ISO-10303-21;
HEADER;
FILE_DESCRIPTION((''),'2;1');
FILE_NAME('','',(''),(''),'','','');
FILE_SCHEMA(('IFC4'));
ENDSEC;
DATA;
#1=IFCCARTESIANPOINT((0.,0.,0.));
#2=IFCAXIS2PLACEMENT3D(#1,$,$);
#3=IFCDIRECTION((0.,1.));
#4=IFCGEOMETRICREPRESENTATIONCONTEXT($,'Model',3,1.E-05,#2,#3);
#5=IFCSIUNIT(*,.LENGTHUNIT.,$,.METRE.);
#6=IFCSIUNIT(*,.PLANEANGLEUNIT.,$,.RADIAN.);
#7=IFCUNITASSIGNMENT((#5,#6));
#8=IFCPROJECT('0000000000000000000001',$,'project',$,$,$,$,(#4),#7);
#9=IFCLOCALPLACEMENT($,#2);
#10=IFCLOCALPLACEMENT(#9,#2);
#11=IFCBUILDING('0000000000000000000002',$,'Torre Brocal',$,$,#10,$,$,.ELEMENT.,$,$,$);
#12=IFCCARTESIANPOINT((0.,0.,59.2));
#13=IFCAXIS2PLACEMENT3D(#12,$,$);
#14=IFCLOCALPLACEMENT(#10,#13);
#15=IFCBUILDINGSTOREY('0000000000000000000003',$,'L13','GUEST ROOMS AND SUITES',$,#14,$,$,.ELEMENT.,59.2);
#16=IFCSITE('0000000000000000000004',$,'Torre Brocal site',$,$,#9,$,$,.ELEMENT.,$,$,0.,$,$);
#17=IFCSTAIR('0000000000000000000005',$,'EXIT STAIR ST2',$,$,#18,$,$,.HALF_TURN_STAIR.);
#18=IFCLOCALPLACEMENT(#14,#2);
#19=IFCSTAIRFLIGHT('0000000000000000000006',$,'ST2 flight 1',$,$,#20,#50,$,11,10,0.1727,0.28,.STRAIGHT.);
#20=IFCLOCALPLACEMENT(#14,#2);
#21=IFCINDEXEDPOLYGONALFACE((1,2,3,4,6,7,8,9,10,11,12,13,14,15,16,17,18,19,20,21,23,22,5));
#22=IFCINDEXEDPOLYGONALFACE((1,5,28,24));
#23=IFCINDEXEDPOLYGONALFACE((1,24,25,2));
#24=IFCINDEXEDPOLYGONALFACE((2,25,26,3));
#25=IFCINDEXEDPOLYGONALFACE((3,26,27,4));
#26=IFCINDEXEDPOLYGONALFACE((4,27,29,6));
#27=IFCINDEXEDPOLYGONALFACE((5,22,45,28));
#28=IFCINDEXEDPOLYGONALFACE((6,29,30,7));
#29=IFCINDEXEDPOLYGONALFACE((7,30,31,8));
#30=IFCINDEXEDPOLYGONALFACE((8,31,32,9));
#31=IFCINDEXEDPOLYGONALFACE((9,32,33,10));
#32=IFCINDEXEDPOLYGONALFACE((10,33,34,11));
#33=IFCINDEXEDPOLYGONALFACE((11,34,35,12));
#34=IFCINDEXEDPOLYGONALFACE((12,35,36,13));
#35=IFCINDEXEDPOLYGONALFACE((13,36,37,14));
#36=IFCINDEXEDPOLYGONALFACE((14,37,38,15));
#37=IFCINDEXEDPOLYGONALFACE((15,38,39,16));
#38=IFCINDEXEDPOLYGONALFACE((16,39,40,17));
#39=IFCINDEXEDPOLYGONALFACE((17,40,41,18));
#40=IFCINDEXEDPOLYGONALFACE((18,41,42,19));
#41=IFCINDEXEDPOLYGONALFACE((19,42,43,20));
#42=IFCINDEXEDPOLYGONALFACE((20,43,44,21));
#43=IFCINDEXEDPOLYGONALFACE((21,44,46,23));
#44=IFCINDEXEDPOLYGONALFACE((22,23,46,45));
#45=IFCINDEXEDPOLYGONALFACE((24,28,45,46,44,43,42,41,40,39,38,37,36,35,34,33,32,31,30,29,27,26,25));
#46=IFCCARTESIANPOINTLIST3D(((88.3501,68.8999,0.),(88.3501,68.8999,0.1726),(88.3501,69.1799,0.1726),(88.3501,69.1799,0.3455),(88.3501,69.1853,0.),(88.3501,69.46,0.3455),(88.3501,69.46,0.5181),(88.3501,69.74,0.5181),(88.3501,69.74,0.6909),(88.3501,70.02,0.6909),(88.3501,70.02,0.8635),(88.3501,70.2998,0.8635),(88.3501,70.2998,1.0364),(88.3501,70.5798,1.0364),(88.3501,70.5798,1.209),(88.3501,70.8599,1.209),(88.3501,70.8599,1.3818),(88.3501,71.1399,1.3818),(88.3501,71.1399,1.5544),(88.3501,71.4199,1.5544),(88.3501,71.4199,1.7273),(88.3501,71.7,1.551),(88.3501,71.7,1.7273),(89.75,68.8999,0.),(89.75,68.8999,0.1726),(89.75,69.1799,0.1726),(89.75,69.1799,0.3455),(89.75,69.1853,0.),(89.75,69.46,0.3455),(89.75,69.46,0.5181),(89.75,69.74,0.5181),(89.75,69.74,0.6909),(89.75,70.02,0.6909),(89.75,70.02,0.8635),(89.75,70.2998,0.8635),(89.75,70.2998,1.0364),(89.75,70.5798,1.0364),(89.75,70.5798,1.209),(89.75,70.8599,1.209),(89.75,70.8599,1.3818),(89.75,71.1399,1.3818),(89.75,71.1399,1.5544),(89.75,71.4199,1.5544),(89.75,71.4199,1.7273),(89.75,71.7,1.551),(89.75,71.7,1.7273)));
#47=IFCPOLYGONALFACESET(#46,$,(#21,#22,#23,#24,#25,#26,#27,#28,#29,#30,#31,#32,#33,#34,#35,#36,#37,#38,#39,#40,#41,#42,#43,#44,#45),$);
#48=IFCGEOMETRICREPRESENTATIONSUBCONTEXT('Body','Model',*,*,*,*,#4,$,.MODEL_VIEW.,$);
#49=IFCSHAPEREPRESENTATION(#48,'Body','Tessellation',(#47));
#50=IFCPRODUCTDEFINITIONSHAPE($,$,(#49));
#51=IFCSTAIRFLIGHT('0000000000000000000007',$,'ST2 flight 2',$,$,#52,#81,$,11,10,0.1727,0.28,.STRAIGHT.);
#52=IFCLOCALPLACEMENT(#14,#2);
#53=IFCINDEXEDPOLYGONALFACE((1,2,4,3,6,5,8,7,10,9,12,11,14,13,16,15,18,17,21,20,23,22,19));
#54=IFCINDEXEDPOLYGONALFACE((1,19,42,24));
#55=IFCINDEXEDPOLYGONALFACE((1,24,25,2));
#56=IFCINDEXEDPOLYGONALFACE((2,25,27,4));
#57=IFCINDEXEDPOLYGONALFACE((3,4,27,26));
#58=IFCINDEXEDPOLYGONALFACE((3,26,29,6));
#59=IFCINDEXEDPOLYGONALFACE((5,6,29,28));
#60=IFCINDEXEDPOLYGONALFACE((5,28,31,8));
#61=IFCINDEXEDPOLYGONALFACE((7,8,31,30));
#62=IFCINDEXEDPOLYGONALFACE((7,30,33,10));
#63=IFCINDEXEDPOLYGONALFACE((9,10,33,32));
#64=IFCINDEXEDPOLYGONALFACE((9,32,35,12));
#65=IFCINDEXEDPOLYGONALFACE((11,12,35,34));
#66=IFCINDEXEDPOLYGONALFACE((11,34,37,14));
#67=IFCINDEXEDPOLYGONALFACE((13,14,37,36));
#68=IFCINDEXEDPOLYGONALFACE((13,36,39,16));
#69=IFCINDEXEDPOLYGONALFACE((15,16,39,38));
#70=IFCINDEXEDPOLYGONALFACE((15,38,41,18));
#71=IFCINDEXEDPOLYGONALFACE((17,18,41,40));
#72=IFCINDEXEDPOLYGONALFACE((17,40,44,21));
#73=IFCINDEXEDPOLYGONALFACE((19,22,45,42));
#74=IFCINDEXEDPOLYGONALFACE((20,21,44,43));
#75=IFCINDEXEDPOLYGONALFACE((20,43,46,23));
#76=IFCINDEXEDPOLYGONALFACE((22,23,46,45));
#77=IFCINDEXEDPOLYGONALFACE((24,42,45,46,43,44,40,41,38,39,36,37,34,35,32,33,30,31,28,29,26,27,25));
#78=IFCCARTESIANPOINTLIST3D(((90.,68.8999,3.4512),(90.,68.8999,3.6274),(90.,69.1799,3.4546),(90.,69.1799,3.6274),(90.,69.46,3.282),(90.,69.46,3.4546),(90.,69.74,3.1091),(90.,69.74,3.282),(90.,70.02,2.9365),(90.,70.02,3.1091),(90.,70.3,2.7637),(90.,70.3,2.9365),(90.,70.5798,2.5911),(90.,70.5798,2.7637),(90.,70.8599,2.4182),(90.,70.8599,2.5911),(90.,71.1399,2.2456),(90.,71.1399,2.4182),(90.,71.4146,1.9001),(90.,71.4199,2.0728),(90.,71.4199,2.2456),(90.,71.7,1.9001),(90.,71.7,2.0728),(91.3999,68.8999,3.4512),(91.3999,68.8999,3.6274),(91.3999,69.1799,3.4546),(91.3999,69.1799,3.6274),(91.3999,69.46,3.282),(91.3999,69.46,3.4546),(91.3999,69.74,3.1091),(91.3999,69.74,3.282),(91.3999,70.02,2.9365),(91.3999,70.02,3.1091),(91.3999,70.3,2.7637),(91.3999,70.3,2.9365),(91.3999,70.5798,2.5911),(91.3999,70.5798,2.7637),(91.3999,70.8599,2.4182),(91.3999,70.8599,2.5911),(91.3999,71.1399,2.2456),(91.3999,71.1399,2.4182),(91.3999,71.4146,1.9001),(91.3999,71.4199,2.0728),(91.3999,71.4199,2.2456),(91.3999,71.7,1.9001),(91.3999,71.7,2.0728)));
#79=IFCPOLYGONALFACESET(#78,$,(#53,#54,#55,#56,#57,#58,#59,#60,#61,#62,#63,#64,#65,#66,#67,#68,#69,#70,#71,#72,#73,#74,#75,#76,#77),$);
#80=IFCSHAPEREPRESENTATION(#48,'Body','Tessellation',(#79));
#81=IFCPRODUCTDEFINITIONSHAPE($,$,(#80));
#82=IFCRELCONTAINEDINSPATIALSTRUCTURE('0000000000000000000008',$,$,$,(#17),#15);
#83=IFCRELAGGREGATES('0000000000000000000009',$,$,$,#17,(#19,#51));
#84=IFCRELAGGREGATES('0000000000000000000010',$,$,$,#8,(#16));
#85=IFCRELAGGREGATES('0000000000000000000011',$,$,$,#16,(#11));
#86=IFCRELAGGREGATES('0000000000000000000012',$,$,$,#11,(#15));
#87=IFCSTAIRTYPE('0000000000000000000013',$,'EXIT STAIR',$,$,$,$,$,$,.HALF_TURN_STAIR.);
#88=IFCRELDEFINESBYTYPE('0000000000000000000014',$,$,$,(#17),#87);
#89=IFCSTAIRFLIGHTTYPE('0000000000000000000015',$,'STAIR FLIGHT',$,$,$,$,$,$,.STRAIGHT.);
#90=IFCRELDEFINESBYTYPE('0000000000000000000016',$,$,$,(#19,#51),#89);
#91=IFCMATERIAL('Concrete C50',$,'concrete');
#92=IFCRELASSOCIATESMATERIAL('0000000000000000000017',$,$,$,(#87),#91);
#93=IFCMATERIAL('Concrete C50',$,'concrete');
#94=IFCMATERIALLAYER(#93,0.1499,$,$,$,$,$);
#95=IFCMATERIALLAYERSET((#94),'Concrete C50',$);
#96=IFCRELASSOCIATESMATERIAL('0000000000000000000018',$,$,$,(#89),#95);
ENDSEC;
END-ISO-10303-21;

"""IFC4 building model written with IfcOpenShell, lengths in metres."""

from ifc_helpers import new_model, si_unit, direction, frame, origin, place, context, subcontext, project, spatial, polyline, outline, extrude, material, layer, layer_set, type_object, element, aggregate, save


model = new_model("IFC4")

# Units and contexts
model_context = context("Model", 3, precision=1e-05, world=origin(), true_north=direction((0.0, 1.0)))
body_context = subcontext(model_context, "Body", "Model", "MODEL_VIEW")
ifc_project = project(units=[si_unit("LENGTHUNIT", "METRE"), si_unit("PLANEANGLEUNIT", "RADIAN")], contexts=[model_context])

# Site, building, storey
site_placement = place(None, origin())
site = spatial("IfcSite", under=ifc_project, at=site_placement, Name="Torre Brocal site", CompositionType="ELEMENT", RefElevation=0.0)
building_placement = place(site_placement, origin())
building = spatial("IfcBuilding", under=site, at=building_placement, Name="Torre Brocal", CompositionType="ELEMENT")
storey_placement = place(building_placement, frame((0.0, 0.0, 59.2)))
storey = spatial("IfcBuildingStorey", under=building, at=storey_placement, Name="L13", Description="GUEST ROOMS AND SUITES", CompositionType="ELEMENT", Elevation=59.2)

# Stair, stair flights
ifc_material_1 = material(Name="Concrete C50", Category="concrete")
stair_type = type_object("IfcStairType", Name="EXIT STAIR", PredefinedType="HALF_TURN_STAIR", material=ifc_material_1)
stair_placement = place(storey_placement, origin())
stair = element("IfcStair", 1, at=stair_placement, inside=storey, type_object=stair_type, Name="EXIT STAIR ST2", PredefinedType="HALF_TURN_STAIR")
ifc_material_2 = material(Name="Concrete C50", Category="concrete")
ifc_layer_1 = layer(ifc_material_2, 0.1499)
ifc_layer_set_1 = layer_set([ifc_layer_1], Name="Concrete C50")
stair_flight_type = type_object("IfcStairFlightType", Name="STAIR FLIGHT", PredefinedType="STRAIGHT", material=ifc_layer_set_1)
stair_flight_1_placement = place(storey_placement, frame((89.05, 68.8999, 0.0), z_axis=(0.0, 0.0, 1.0), x_axis=(0.0, 1.0, 0.0)))
stair_flight_1 = element("IfcStairFlight", 2, at=stair_flight_1_placement, type_object=stair_flight_type, Name="ST2 flight 1", NumberOfRisers=11, NumberOfTreads=10, PredefinedType="STRAIGHT", RiserHeight=0.1727, TreadLength=0.28, context=body_context, shape_type="SweptSolid", body=[
    extrude(outline(polyline([(0.0, 0.0), (0.0, 0.1726), (0.28, 0.1726), (0.28, 0.3455), (0.5601, 0.3455), (0.5601, 0.5181), (0.8401, 0.5181), (0.8401, 0.6909), (1.1201, 0.6909), (1.1201, 0.8635), (1.3999, 0.8635), (1.3999, 1.0364), (1.6799, 1.0364), (1.6799, 1.209), (1.96, 1.209), (1.96, 1.3818), (2.24, 1.3818), (2.24, 1.5544), (2.52, 1.5544), (2.52, 1.7273), (2.8, 1.7273), (2.8, 1.8999), (2.8, 1.551), (0.2854, 0.0), (0.0, 0.0)])), frame((0.0, 0.7, 0.0), z_axis=(0.0, -1.0, 0.0), x_axis=(1.0, 0.0, 0.0)), (0.0, 0.0, 1.0), 1.3999),
])
stair_flight_2_placement = place(storey_placement, frame((90.7, 71.7, 1.9001), z_axis=(0.0, 0.0, 1.0), x_axis=(0.0, -1.0, 0.0)))
stair_flight_2 = element("IfcStairFlight", 3, at=stair_flight_2_placement, type_object=stair_flight_type, Name="ST2 flight 2", NumberOfRisers=11, NumberOfTreads=10, PredefinedType="STRAIGHT", RiserHeight=0.1727, TreadLength=0.28, context=body_context, shape_type="SweptSolid", body=[
    extrude(outline(polyline([(0.0, 0.0), (0.0, 0.1726), (0.28, 0.1726), (0.28, 0.3455), (0.5601, 0.3455), (0.5601, 0.5181), (0.8401, 0.5181), (0.8401, 0.6909), (1.1201, 0.6909), (1.1201, 0.8635), (1.3999, 0.8635), (1.3999, 1.0364), (1.6799, 1.0364), (1.6799, 1.209), (1.96, 1.209), (1.96, 1.3818), (2.24, 1.3818), (2.24, 1.5544), (2.52, 1.5544), (2.52, 1.7273), (2.8, 1.7273), (2.8, 1.8999), (2.8, 1.551), (0.2854, 0.0), (0.0, 0.0)])), frame((0.0, 0.7, 0.0), z_axis=(0.0, -1.0, 0.0), x_axis=(1.0, 0.0, 0.0)), (0.0, 0.0, 1.0), 1.3999),
])
aggregate(stair, [stair_flight_1, stair_flight_2])

save(model, "model.ifc")
